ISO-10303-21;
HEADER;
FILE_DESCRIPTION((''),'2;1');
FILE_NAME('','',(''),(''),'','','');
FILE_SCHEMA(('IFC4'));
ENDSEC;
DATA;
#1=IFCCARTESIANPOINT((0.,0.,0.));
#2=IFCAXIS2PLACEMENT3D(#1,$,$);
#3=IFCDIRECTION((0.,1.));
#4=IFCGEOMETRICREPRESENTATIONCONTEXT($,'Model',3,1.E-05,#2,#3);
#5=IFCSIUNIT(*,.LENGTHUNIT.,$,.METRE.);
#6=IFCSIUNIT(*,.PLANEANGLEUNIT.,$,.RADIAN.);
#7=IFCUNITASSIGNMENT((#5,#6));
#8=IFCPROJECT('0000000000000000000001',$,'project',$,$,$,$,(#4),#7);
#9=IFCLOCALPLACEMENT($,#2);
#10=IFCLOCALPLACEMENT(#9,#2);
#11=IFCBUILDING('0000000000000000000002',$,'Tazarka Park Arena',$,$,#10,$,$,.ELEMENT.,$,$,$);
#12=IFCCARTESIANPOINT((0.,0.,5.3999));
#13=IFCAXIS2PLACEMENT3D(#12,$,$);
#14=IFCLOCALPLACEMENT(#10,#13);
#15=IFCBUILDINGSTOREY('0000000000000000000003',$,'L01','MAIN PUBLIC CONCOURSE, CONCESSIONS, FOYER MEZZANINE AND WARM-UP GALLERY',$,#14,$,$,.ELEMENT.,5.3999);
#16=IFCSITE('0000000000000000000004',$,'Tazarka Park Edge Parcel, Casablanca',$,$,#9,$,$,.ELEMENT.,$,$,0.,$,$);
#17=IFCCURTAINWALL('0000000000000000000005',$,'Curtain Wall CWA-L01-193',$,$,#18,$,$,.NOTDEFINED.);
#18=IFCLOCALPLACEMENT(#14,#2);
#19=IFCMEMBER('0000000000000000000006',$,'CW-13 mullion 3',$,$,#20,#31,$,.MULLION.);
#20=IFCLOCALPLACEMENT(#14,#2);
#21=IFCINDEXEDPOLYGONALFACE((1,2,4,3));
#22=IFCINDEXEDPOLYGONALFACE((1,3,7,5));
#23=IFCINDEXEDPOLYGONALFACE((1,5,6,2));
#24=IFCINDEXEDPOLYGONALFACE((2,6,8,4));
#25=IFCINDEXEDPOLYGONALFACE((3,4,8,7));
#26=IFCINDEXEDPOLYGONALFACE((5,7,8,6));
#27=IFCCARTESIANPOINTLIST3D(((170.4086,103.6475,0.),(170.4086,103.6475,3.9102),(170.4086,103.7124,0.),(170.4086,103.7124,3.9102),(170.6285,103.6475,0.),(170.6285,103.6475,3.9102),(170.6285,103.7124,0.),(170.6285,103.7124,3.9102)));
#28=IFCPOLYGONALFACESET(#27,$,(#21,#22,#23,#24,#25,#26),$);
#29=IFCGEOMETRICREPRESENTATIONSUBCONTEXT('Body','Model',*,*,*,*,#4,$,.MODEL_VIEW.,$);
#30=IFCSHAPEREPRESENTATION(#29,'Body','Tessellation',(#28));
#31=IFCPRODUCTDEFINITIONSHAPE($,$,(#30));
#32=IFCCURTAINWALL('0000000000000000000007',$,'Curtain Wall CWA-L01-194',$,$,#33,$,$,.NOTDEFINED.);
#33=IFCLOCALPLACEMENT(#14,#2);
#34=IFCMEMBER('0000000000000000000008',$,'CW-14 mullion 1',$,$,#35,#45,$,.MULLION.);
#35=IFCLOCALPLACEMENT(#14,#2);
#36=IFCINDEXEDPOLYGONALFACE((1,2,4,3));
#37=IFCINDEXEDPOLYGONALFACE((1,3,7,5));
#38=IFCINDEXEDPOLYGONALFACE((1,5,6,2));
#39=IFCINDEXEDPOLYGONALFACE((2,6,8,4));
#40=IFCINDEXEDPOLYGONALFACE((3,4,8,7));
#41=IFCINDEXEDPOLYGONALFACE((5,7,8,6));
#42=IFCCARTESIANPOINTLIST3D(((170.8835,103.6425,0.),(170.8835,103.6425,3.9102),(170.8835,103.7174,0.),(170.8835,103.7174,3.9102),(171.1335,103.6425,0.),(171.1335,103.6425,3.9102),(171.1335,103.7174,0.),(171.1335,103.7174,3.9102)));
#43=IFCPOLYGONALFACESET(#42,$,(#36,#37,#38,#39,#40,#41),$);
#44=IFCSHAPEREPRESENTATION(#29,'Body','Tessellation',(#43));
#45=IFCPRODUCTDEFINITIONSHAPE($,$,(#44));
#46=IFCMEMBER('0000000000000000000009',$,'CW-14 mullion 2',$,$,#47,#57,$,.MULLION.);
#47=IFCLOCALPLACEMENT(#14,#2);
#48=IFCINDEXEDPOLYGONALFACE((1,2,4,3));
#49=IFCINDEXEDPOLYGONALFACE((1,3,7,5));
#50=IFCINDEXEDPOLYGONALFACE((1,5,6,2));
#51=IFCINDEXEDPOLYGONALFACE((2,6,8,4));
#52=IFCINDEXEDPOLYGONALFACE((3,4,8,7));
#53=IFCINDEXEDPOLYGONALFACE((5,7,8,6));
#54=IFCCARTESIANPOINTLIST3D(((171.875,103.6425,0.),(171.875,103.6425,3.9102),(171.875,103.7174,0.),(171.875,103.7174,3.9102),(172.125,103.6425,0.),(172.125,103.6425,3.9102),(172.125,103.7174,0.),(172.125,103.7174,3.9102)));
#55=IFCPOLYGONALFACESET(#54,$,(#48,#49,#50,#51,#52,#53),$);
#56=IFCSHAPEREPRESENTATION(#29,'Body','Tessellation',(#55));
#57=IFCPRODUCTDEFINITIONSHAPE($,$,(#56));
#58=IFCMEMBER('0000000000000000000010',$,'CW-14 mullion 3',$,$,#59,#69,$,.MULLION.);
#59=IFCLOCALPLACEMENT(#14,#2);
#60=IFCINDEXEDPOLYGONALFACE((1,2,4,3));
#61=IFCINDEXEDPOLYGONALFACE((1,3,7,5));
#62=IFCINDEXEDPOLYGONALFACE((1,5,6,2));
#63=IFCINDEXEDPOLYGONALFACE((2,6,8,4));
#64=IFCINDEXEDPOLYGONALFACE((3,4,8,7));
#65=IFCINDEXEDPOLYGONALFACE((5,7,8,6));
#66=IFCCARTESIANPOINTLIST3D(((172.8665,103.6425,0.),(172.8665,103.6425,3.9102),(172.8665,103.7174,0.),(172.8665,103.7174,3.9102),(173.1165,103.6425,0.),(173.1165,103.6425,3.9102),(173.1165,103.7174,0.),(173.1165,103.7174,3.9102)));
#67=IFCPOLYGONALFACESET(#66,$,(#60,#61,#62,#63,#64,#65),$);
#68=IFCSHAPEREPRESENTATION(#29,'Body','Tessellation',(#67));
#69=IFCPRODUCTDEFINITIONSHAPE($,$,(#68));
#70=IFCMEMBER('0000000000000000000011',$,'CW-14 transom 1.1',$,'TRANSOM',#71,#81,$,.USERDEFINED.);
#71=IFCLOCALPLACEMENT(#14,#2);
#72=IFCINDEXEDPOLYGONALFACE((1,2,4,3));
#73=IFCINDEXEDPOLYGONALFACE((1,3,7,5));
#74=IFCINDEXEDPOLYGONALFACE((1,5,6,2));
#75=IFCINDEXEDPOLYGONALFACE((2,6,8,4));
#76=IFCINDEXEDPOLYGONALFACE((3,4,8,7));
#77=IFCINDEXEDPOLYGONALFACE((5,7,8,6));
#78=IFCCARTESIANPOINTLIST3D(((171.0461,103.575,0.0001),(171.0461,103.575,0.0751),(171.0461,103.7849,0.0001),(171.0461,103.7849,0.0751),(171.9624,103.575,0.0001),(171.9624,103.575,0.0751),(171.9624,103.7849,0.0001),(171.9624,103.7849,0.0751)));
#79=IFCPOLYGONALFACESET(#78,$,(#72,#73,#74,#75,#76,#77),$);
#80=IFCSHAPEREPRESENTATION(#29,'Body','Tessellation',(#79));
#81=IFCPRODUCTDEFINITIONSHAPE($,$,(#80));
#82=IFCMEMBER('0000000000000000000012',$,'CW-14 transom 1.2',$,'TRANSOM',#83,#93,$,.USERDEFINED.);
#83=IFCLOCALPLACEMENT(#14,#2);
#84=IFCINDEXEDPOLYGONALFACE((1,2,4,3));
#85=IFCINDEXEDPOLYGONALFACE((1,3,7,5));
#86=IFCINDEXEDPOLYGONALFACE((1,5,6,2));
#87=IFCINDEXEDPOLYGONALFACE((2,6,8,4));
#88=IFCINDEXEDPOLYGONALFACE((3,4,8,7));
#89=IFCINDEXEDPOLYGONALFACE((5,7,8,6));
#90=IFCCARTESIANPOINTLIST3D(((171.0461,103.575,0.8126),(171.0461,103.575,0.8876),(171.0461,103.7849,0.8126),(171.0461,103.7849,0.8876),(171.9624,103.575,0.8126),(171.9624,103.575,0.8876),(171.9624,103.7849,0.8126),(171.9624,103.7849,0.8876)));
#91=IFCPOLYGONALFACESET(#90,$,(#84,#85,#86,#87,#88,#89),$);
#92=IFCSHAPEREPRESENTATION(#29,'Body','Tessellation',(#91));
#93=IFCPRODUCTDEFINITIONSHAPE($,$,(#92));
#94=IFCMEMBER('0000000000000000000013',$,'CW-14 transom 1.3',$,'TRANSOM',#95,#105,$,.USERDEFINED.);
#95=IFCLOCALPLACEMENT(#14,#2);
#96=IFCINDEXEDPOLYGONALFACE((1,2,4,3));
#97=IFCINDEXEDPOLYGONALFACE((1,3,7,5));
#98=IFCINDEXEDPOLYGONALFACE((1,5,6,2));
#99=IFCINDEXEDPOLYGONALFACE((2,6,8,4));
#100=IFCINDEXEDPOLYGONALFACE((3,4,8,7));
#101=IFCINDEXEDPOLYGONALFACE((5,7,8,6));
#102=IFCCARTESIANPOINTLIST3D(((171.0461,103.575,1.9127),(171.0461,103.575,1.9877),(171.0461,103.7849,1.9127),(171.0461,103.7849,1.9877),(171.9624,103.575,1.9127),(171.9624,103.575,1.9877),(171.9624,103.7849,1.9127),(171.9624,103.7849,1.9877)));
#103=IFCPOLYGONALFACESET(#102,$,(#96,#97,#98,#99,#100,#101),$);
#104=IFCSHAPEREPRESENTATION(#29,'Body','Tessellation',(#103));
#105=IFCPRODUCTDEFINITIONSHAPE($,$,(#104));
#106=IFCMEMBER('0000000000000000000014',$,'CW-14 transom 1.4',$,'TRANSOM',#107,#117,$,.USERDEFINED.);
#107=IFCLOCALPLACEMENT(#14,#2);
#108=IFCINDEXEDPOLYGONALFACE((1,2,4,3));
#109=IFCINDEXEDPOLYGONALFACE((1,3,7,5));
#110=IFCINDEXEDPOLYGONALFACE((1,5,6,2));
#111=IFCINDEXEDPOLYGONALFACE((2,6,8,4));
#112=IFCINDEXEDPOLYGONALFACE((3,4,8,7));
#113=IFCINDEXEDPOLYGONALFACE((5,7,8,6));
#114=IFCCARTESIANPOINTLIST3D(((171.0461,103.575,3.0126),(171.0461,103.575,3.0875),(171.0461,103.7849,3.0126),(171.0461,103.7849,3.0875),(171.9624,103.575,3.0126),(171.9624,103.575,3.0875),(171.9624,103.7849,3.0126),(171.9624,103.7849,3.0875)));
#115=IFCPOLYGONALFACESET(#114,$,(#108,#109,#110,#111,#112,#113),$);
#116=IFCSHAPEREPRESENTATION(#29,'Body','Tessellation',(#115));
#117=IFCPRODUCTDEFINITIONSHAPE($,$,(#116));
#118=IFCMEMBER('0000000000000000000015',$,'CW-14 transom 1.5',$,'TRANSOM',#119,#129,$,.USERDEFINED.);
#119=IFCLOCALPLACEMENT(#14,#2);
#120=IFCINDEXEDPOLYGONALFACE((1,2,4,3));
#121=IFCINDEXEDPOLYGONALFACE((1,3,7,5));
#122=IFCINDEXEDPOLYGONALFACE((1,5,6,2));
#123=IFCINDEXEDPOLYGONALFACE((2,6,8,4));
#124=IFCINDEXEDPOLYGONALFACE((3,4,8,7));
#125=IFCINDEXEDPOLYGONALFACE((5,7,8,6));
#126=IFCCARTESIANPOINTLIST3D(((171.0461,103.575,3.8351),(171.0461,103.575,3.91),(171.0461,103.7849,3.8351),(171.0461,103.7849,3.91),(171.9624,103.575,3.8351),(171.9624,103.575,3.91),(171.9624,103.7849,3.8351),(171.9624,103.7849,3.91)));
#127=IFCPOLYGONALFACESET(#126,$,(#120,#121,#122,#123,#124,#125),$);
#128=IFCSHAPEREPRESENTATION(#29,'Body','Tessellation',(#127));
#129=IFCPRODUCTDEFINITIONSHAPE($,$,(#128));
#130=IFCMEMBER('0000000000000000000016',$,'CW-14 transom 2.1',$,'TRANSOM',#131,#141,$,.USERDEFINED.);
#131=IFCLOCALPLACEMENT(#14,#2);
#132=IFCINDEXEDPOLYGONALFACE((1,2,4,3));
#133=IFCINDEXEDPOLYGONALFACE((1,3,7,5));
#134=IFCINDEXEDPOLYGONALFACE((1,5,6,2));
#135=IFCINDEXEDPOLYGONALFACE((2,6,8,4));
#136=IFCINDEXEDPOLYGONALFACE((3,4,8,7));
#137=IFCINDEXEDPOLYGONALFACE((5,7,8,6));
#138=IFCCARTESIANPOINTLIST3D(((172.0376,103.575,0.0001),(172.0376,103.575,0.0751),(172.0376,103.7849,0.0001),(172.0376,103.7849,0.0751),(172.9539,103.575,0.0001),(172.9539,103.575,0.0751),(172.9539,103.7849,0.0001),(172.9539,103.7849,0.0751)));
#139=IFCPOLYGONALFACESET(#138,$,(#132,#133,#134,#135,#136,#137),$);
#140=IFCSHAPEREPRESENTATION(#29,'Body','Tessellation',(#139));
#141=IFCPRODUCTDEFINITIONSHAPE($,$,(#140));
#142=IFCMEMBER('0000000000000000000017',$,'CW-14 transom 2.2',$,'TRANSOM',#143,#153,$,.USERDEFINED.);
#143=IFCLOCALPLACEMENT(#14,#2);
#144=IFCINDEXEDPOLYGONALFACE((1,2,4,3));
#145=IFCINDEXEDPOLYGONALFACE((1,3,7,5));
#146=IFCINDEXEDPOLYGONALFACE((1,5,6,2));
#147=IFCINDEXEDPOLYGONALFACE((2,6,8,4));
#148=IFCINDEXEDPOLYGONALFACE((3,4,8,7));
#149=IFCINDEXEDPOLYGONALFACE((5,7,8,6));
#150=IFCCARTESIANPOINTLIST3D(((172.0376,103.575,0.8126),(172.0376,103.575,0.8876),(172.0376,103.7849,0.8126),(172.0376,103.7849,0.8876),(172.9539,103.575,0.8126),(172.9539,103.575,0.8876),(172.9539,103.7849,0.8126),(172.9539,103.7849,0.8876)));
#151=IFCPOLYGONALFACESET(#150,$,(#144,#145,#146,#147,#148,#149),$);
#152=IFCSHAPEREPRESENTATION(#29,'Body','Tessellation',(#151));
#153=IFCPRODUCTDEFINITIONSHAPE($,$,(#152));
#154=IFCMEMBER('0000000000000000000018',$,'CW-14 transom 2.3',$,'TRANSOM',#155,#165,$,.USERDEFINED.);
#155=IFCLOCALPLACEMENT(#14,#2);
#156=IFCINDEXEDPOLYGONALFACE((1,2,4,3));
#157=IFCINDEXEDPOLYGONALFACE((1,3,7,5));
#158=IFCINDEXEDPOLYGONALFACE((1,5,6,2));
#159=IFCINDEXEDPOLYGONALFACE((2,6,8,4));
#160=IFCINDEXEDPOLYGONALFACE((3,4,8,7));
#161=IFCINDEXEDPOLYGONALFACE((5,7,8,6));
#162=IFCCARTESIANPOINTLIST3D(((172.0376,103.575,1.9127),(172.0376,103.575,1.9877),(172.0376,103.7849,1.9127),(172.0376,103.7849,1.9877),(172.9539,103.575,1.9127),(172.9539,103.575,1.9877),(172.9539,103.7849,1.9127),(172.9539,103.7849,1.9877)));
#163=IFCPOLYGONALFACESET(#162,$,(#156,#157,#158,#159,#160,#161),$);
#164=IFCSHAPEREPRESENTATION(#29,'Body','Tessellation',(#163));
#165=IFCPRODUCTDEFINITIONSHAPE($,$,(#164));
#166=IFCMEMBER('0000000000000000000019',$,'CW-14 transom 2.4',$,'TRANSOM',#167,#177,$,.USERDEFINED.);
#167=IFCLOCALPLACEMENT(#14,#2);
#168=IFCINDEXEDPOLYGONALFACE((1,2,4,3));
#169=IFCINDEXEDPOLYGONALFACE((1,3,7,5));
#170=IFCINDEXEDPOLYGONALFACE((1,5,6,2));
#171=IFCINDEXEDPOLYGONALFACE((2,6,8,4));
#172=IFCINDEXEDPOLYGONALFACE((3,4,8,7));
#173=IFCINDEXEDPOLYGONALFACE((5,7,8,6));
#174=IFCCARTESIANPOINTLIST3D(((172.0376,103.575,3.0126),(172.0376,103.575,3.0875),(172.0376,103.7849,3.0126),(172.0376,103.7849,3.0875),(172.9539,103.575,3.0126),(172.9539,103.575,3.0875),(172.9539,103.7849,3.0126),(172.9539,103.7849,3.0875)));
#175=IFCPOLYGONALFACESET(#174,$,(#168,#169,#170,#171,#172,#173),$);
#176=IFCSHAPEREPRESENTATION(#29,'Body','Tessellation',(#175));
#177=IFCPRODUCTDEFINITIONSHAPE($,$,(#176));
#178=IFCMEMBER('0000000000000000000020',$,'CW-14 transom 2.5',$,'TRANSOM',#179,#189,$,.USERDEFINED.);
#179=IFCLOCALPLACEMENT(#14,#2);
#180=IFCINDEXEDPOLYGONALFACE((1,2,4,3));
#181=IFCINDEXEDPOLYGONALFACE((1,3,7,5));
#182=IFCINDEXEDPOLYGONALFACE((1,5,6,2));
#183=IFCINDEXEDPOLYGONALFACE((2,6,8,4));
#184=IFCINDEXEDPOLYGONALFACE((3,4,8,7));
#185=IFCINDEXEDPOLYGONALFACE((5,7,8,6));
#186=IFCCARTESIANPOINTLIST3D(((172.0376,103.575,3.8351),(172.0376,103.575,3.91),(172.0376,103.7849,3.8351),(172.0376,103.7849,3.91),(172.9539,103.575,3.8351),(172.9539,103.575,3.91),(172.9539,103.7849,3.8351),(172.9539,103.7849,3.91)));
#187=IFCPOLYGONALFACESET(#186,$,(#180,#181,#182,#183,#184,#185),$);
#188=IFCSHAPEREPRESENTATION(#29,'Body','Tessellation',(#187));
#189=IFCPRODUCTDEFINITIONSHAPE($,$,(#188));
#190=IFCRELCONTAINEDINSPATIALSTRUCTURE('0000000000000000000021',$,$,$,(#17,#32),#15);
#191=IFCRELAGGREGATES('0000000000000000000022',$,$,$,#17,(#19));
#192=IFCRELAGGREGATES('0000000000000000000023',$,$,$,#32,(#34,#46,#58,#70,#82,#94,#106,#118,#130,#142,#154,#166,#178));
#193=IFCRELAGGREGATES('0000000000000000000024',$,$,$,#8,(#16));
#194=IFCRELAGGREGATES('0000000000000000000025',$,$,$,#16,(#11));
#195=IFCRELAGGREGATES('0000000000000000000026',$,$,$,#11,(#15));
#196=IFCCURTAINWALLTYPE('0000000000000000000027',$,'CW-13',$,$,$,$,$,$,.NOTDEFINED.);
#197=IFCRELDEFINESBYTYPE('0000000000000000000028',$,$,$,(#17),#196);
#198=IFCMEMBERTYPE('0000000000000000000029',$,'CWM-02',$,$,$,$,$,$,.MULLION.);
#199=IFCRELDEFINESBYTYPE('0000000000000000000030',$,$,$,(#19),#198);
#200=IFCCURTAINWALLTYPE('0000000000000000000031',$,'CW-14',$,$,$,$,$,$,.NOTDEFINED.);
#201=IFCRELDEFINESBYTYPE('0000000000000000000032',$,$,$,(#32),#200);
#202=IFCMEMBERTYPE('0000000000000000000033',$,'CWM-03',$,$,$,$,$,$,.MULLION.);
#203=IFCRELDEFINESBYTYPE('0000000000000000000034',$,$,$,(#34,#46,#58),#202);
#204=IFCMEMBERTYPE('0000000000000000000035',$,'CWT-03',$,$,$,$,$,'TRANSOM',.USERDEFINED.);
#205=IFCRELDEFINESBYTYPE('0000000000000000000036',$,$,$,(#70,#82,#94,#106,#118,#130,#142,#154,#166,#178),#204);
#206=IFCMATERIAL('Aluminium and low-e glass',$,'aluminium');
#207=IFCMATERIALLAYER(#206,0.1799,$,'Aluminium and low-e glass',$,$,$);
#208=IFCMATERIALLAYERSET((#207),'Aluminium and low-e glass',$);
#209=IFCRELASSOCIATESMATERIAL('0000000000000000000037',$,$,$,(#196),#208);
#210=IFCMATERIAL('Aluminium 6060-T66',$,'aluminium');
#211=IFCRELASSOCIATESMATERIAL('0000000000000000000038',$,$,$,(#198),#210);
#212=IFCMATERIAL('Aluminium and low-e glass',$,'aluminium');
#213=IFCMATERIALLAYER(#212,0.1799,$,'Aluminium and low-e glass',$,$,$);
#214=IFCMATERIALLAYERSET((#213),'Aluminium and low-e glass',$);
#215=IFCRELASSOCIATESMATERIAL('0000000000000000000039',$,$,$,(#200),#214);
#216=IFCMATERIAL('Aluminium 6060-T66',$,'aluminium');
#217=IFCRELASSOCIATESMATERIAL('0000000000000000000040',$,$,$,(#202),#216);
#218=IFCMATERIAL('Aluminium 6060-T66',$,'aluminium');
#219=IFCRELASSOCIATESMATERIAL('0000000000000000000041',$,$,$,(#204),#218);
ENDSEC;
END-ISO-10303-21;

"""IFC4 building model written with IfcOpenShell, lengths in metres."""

from ifc_helpers import new_model, si_unit, direction, frame, origin, origin_2d, place, context, subcontext, project, spatial, rectangle, extrude, material, layer, layer_set, material_profile, profile_set, type_object, element, aggregate, save


model = new_model("IFC4")

# Units and contexts
model_context = context("Model", 3, precision=1e-05, world=origin(), true_north=direction((0.0, 1.0)))
body_context = subcontext(model_context, "Body", "Model", "MODEL_VIEW")
ifc_project = project(units=[si_unit("LENGTHUNIT", "METRE"), si_unit("PLANEANGLEUNIT", "RADIAN")], contexts=[model_context])

# Site, building, storey
site_placement = place(None, origin())
site = spatial("IfcSite", under=ifc_project, at=site_placement, Name="Tazarka Park Edge Parcel, Casablanca", CompositionType="ELEMENT", RefElevation=0.0)
building_placement = place(site_placement, origin())
building = spatial("IfcBuilding", under=site, at=building_placement, Name="Tazarka Park Arena", CompositionType="ELEMENT")
storey_placement = place(building_placement, frame((0.0, 0.0, 5.3999)))
storey = spatial("IfcBuildingStorey", under=building, at=storey_placement, Name="L01", Description="MAIN PUBLIC CONCOURSE, CONCESSIONS, FOYER MEZZANINE AND WARM-UP GALLERY", CompositionType="ELEMENT", Elevation=5.3999)

# Curtain wall, member
ifc_material_1 = material(Name="Aluminium and low-e glass", Category="aluminium")
ifc_layer_1 = layer(ifc_material_1, 0.1799, Name="Aluminium and low-e glass")
ifc_layer_set_1 = layer_set([ifc_layer_1], Name="Aluminium and low-e glass")
curtain_wall_type_1 = type_object("IfcCurtainWallType", Name="CW-13", PredefinedType="NOTDEFINED", material=ifc_layer_set_1)
curtain_wall_1_placement = place(storey_placement, origin())
curtain_wall_1 = element("IfcCurtainWall", 1, at=curtain_wall_1_placement, inside=storey, type_object=curtain_wall_type_1, Name="Curtain Wall CWA-L01-193", PredefinedType="NOTDEFINED")
ifc_material_2 = material(Name="Aluminium 6060-T66", Category="aluminium")
ifc_material_profile_1 = material_profile(ifc_material_2, rectangle(XDim=0.0649, YDim=0.22, at=origin_2d()), Name="Aluminium 6060-T66")
ifc_profile_set_1 = profile_set([ifc_material_profile_1], Name="Aluminium 6060-T66")
member_type_1 = type_object("IfcMemberType", Name="CWM-02", PredefinedType="MULLION", material=ifc_profile_set_1)
member_1_placement = place(storey_placement, frame((170.5186, 103.6799, 0.0), z_axis=(0.0, 0.0, 1.0), x_axis=(0.0, 1.0, 0.0)))
member_1 = element("IfcMember", 2, at=member_1_placement, type_object=member_type_1, Name="CW-13 mullion 3", PredefinedType="MULLION", context=body_context, shape_type="SweptSolid", body=[
    extrude(rectangle(XDim=0.0649, YDim=0.22, at=origin_2d()), origin(), (0.0, 0.0, 1.0), 3.9102),
])

# Curtain wall, members
ifc_material_3 = material(Name="Aluminium and low-e glass", Category="aluminium")
ifc_layer_2 = layer(ifc_material_3, 0.1799, Name="Aluminium and low-e glass")
ifc_layer_set_2 = layer_set([ifc_layer_2], Name="Aluminium and low-e glass")
curtain_wall_type_2 = type_object("IfcCurtainWallType", Name="CW-14", PredefinedType="NOTDEFINED", material=ifc_layer_set_2)
curtain_wall_2_placement = place(storey_placement, origin())
curtain_wall_2 = element("IfcCurtainWall", 3, at=curtain_wall_2_placement, inside=storey, type_object=curtain_wall_type_2, Name="Curtain Wall CWA-L01-194", PredefinedType="NOTDEFINED")
ifc_material_4 = material(Name="Aluminium 6060-T66", Category="aluminium")
ifc_material_profile_2 = material_profile(ifc_material_4, rectangle(XDim=0.075, YDim=0.25, at=origin_2d()), Name="Aluminium 6060-T66")
ifc_profile_set_2 = profile_set([ifc_material_profile_2], Name="Aluminium 6060-T66")
member_type_2 = type_object("IfcMemberType", Name="CWM-03", PredefinedType="MULLION", material=ifc_profile_set_2)
member_2_placement = place(storey_placement, frame((171.0085, 103.6799, 0.0), z_axis=(0.0, 0.0, 1.0), x_axis=(0.0, 1.0, 0.0)))
member_2 = element("IfcMember", 4, at=member_2_placement, type_object=member_type_2, Name="CW-14 mullion 1", PredefinedType="MULLION", context=body_context, shape_type="SweptSolid", body=[
    extrude(rectangle(XDim=0.075, YDim=0.25, at=origin_2d()), origin(), (0.0, 0.0, 1.0), 3.9102),
])
member_3_placement = place(storey_placement, frame((172.0, 103.6799, 0.0), z_axis=(0.0, 0.0, 1.0), x_axis=(0.0, 1.0, 0.0)))
member_3 = element("IfcMember", 5, at=member_3_placement, type_object=member_type_2, Name="CW-14 mullion 2", PredefinedType="MULLION", context=body_context, shape_type="SweptSolid", body=[
    extrude(rectangle(XDim=0.075, YDim=0.25, at=origin_2d()), origin(), (0.0, 0.0, 1.0), 3.9102),
])
member_4_placement = place(storey_placement, frame((172.9915, 103.6799, 0.0), z_axis=(0.0, 0.0, 1.0), x_axis=(0.0, 1.0, 0.0)))
member_4 = element("IfcMember", 6, at=member_4_placement, type_object=member_type_2, Name="CW-14 mullion 3", PredefinedType="MULLION", context=body_context, shape_type="SweptSolid", body=[
    extrude(rectangle(XDim=0.075, YDim=0.25, at=origin_2d()), origin(), (0.0, 0.0, 1.0), 3.9102),
])
ifc_material_5 = material(Name="Aluminium 6060-T66", Category="aluminium")
ifc_material_profile_3 = material_profile(ifc_material_5, rectangle(XDim=0.21, YDim=0.075, at=origin_2d()), Name="Aluminium 6060-T66")
ifc_profile_set_3 = profile_set([ifc_material_profile_3], Name="Aluminium 6060-T66")
member_type_3 = type_object("IfcMemberType", Name="CWT-03", ElementType="TRANSOM", PredefinedType="USERDEFINED", material=ifc_profile_set_3)
member_5_placement = place(storey_placement, frame((171.0461, 103.6799, 0.0376), z_axis=(1.0, 0.0, 0.0), x_axis=(0.0, 1.0, 0.0)))
member_5 = element("IfcMember", 7, at=member_5_placement, type_object=member_type_3, Name="CW-14 transom 1.1", ObjectType="TRANSOM", PredefinedType="USERDEFINED", context=body_context, shape_type="SweptSolid", body=[
    extrude(rectangle(XDim=0.21, YDim=0.075, at=origin_2d()), origin(), (0.0, 0.0, 1.0), 0.9163),
])
member_6_placement = place(storey_placement, frame((171.0461, 103.6799, 0.8501), z_axis=(1.0, 0.0, 0.0), x_axis=(0.0, 1.0, 0.0)))
member_6 = element("IfcMember", 8, at=member_6_placement, type_object=member_type_3, Name="CW-14 transom 1.2", ObjectType="TRANSOM", PredefinedType="USERDEFINED", context=body_context, shape_type="SweptSolid", body=[
    extrude(rectangle(XDim=0.21, YDim=0.075, at=origin_2d()), origin(), (0.0, 0.0, 1.0), 0.9163),
])
member_7_placement = place(storey_placement, frame((171.0461, 103.6799, 1.9502), z_axis=(1.0, 0.0, 0.0), x_axis=(0.0, 1.0, 0.0)))
member_7 = element("IfcMember", 9, at=member_7_placement, type_object=member_type_3, Name="CW-14 transom 1.3", ObjectType="TRANSOM", PredefinedType="USERDEFINED", context=body_context, shape_type="SweptSolid", body=[
    extrude(rectangle(XDim=0.21, YDim=0.075, at=origin_2d()), origin(), (0.0, 0.0, 1.0), 0.9163),
])
member_8_placement = place(storey_placement, frame((171.0461, 103.6799, 3.05), z_axis=(1.0, 0.0, 0.0), x_axis=(0.0, 1.0, 0.0)))
member_8 = element("IfcMember", 10, at=member_8_placement, type_object=member_type_3, Name="CW-14 transom 1.4", ObjectType="TRANSOM", PredefinedType="USERDEFINED", context=body_context, shape_type="SweptSolid", body=[
    extrude(rectangle(XDim=0.21, YDim=0.075, at=origin_2d()), origin(), (0.0, 0.0, 1.0), 0.9163),
])
member_9_placement = place(storey_placement, frame((171.0461, 103.6799, 3.8726), z_axis=(1.0, 0.0, 0.0), x_axis=(0.0, 1.0, 0.0)))
member_9 = element("IfcMember", 11, at=member_9_placement, type_object=member_type_3, Name="CW-14 transom 1.5", ObjectType="TRANSOM", PredefinedType="USERDEFINED", context=body_context, shape_type="SweptSolid", body=[
    extrude(rectangle(XDim=0.21, YDim=0.075, at=origin_2d()), origin(), (0.0, 0.0, 1.0), 0.9163),
])
member_10_placement = place(storey_placement, frame((172.0376, 103.6799, 0.0376), z_axis=(1.0, 0.0, 0.0), x_axis=(0.0, 1.0, 0.0)))
member_10 = element("IfcMember", 12, at=member_10_placement, type_object=member_type_3, Name="CW-14 transom 2.1", ObjectType="TRANSOM", PredefinedType="USERDEFINED", context=body_context, shape_type="SweptSolid", body=[
    extrude(rectangle(XDim=0.21, YDim=0.075, at=origin_2d()), origin(), (0.0, 0.0, 1.0), 0.9163),
])
member_11_placement = place(storey_placement, frame((172.0376, 103.6799, 0.8501), z_axis=(1.0, 0.0, 0.0), x_axis=(0.0, 1.0, 0.0)))
member_11 = element("IfcMember", 13, at=member_11_placement, type_object=member_type_3, Name="CW-14 transom 2.2", ObjectType="TRANSOM", PredefinedType="USERDEFINED", context=body_context, shape_type="SweptSolid", body=[
    extrude(rectangle(XDim=0.21, YDim=0.075, at=origin_2d()), origin(), (0.0, 0.0, 1.0), 0.9163),
])
member_12_placement = place(storey_placement, frame((172.0376, 103.6799, 1.9502), z_axis=(1.0, 0.0, 0.0), x_axis=(0.0, 1.0, 0.0)))
member_12 = element("IfcMember", 14, at=member_12_placement, type_object=member_type_3, Name="CW-14 transom 2.3", ObjectType="TRANSOM", PredefinedType="USERDEFINED", context=body_context, shape_type="SweptSolid", body=[
    extrude(rectangle(XDim=0.21, YDim=0.075, at=origin_2d()), origin(), (0.0, 0.0, 1.0), 0.9163),
])
member_13_placement = place(storey_placement, frame((172.0376, 103.6799, 3.05), z_axis=(1.0, 0.0, 0.0), x_axis=(0.0, 1.0, 0.0)))
member_13 = element("IfcMember", 15, at=member_13_placement, type_object=member_type_3, Name="CW-14 transom 2.4", ObjectType="TRANSOM", PredefinedType="USERDEFINED", context=body_context, shape_type="SweptSolid", body=[
    extrude(rectangle(XDim=0.21, YDim=0.075, at=origin_2d()), origin(), (0.0, 0.0, 1.0), 0.9163),
])
member_14_placement = place(storey_placement, frame((172.0376, 103.6799, 3.8726), z_axis=(1.0, 0.0, 0.0), x_axis=(0.0, 1.0, 0.0)))
member_14 = element("IfcMember", 16, at=member_14_placement, type_object=member_type_3, Name="CW-14 transom 2.5", ObjectType="TRANSOM", PredefinedType="USERDEFINED", context=body_context, shape_type="SweptSolid", body=[
    extrude(rectangle(XDim=0.21, YDim=0.075, at=origin_2d()), origin(), (0.0, 0.0, 1.0), 0.9163),
])

aggregate(curtain_wall_1, [member_1])
aggregate(curtain_wall_2, [member_2, member_3, member_4, member_5, member_6, member_7, member_8, member_9, member_10, member_11, member_12, member_13, member_14])

save(model, "model.ifc")
